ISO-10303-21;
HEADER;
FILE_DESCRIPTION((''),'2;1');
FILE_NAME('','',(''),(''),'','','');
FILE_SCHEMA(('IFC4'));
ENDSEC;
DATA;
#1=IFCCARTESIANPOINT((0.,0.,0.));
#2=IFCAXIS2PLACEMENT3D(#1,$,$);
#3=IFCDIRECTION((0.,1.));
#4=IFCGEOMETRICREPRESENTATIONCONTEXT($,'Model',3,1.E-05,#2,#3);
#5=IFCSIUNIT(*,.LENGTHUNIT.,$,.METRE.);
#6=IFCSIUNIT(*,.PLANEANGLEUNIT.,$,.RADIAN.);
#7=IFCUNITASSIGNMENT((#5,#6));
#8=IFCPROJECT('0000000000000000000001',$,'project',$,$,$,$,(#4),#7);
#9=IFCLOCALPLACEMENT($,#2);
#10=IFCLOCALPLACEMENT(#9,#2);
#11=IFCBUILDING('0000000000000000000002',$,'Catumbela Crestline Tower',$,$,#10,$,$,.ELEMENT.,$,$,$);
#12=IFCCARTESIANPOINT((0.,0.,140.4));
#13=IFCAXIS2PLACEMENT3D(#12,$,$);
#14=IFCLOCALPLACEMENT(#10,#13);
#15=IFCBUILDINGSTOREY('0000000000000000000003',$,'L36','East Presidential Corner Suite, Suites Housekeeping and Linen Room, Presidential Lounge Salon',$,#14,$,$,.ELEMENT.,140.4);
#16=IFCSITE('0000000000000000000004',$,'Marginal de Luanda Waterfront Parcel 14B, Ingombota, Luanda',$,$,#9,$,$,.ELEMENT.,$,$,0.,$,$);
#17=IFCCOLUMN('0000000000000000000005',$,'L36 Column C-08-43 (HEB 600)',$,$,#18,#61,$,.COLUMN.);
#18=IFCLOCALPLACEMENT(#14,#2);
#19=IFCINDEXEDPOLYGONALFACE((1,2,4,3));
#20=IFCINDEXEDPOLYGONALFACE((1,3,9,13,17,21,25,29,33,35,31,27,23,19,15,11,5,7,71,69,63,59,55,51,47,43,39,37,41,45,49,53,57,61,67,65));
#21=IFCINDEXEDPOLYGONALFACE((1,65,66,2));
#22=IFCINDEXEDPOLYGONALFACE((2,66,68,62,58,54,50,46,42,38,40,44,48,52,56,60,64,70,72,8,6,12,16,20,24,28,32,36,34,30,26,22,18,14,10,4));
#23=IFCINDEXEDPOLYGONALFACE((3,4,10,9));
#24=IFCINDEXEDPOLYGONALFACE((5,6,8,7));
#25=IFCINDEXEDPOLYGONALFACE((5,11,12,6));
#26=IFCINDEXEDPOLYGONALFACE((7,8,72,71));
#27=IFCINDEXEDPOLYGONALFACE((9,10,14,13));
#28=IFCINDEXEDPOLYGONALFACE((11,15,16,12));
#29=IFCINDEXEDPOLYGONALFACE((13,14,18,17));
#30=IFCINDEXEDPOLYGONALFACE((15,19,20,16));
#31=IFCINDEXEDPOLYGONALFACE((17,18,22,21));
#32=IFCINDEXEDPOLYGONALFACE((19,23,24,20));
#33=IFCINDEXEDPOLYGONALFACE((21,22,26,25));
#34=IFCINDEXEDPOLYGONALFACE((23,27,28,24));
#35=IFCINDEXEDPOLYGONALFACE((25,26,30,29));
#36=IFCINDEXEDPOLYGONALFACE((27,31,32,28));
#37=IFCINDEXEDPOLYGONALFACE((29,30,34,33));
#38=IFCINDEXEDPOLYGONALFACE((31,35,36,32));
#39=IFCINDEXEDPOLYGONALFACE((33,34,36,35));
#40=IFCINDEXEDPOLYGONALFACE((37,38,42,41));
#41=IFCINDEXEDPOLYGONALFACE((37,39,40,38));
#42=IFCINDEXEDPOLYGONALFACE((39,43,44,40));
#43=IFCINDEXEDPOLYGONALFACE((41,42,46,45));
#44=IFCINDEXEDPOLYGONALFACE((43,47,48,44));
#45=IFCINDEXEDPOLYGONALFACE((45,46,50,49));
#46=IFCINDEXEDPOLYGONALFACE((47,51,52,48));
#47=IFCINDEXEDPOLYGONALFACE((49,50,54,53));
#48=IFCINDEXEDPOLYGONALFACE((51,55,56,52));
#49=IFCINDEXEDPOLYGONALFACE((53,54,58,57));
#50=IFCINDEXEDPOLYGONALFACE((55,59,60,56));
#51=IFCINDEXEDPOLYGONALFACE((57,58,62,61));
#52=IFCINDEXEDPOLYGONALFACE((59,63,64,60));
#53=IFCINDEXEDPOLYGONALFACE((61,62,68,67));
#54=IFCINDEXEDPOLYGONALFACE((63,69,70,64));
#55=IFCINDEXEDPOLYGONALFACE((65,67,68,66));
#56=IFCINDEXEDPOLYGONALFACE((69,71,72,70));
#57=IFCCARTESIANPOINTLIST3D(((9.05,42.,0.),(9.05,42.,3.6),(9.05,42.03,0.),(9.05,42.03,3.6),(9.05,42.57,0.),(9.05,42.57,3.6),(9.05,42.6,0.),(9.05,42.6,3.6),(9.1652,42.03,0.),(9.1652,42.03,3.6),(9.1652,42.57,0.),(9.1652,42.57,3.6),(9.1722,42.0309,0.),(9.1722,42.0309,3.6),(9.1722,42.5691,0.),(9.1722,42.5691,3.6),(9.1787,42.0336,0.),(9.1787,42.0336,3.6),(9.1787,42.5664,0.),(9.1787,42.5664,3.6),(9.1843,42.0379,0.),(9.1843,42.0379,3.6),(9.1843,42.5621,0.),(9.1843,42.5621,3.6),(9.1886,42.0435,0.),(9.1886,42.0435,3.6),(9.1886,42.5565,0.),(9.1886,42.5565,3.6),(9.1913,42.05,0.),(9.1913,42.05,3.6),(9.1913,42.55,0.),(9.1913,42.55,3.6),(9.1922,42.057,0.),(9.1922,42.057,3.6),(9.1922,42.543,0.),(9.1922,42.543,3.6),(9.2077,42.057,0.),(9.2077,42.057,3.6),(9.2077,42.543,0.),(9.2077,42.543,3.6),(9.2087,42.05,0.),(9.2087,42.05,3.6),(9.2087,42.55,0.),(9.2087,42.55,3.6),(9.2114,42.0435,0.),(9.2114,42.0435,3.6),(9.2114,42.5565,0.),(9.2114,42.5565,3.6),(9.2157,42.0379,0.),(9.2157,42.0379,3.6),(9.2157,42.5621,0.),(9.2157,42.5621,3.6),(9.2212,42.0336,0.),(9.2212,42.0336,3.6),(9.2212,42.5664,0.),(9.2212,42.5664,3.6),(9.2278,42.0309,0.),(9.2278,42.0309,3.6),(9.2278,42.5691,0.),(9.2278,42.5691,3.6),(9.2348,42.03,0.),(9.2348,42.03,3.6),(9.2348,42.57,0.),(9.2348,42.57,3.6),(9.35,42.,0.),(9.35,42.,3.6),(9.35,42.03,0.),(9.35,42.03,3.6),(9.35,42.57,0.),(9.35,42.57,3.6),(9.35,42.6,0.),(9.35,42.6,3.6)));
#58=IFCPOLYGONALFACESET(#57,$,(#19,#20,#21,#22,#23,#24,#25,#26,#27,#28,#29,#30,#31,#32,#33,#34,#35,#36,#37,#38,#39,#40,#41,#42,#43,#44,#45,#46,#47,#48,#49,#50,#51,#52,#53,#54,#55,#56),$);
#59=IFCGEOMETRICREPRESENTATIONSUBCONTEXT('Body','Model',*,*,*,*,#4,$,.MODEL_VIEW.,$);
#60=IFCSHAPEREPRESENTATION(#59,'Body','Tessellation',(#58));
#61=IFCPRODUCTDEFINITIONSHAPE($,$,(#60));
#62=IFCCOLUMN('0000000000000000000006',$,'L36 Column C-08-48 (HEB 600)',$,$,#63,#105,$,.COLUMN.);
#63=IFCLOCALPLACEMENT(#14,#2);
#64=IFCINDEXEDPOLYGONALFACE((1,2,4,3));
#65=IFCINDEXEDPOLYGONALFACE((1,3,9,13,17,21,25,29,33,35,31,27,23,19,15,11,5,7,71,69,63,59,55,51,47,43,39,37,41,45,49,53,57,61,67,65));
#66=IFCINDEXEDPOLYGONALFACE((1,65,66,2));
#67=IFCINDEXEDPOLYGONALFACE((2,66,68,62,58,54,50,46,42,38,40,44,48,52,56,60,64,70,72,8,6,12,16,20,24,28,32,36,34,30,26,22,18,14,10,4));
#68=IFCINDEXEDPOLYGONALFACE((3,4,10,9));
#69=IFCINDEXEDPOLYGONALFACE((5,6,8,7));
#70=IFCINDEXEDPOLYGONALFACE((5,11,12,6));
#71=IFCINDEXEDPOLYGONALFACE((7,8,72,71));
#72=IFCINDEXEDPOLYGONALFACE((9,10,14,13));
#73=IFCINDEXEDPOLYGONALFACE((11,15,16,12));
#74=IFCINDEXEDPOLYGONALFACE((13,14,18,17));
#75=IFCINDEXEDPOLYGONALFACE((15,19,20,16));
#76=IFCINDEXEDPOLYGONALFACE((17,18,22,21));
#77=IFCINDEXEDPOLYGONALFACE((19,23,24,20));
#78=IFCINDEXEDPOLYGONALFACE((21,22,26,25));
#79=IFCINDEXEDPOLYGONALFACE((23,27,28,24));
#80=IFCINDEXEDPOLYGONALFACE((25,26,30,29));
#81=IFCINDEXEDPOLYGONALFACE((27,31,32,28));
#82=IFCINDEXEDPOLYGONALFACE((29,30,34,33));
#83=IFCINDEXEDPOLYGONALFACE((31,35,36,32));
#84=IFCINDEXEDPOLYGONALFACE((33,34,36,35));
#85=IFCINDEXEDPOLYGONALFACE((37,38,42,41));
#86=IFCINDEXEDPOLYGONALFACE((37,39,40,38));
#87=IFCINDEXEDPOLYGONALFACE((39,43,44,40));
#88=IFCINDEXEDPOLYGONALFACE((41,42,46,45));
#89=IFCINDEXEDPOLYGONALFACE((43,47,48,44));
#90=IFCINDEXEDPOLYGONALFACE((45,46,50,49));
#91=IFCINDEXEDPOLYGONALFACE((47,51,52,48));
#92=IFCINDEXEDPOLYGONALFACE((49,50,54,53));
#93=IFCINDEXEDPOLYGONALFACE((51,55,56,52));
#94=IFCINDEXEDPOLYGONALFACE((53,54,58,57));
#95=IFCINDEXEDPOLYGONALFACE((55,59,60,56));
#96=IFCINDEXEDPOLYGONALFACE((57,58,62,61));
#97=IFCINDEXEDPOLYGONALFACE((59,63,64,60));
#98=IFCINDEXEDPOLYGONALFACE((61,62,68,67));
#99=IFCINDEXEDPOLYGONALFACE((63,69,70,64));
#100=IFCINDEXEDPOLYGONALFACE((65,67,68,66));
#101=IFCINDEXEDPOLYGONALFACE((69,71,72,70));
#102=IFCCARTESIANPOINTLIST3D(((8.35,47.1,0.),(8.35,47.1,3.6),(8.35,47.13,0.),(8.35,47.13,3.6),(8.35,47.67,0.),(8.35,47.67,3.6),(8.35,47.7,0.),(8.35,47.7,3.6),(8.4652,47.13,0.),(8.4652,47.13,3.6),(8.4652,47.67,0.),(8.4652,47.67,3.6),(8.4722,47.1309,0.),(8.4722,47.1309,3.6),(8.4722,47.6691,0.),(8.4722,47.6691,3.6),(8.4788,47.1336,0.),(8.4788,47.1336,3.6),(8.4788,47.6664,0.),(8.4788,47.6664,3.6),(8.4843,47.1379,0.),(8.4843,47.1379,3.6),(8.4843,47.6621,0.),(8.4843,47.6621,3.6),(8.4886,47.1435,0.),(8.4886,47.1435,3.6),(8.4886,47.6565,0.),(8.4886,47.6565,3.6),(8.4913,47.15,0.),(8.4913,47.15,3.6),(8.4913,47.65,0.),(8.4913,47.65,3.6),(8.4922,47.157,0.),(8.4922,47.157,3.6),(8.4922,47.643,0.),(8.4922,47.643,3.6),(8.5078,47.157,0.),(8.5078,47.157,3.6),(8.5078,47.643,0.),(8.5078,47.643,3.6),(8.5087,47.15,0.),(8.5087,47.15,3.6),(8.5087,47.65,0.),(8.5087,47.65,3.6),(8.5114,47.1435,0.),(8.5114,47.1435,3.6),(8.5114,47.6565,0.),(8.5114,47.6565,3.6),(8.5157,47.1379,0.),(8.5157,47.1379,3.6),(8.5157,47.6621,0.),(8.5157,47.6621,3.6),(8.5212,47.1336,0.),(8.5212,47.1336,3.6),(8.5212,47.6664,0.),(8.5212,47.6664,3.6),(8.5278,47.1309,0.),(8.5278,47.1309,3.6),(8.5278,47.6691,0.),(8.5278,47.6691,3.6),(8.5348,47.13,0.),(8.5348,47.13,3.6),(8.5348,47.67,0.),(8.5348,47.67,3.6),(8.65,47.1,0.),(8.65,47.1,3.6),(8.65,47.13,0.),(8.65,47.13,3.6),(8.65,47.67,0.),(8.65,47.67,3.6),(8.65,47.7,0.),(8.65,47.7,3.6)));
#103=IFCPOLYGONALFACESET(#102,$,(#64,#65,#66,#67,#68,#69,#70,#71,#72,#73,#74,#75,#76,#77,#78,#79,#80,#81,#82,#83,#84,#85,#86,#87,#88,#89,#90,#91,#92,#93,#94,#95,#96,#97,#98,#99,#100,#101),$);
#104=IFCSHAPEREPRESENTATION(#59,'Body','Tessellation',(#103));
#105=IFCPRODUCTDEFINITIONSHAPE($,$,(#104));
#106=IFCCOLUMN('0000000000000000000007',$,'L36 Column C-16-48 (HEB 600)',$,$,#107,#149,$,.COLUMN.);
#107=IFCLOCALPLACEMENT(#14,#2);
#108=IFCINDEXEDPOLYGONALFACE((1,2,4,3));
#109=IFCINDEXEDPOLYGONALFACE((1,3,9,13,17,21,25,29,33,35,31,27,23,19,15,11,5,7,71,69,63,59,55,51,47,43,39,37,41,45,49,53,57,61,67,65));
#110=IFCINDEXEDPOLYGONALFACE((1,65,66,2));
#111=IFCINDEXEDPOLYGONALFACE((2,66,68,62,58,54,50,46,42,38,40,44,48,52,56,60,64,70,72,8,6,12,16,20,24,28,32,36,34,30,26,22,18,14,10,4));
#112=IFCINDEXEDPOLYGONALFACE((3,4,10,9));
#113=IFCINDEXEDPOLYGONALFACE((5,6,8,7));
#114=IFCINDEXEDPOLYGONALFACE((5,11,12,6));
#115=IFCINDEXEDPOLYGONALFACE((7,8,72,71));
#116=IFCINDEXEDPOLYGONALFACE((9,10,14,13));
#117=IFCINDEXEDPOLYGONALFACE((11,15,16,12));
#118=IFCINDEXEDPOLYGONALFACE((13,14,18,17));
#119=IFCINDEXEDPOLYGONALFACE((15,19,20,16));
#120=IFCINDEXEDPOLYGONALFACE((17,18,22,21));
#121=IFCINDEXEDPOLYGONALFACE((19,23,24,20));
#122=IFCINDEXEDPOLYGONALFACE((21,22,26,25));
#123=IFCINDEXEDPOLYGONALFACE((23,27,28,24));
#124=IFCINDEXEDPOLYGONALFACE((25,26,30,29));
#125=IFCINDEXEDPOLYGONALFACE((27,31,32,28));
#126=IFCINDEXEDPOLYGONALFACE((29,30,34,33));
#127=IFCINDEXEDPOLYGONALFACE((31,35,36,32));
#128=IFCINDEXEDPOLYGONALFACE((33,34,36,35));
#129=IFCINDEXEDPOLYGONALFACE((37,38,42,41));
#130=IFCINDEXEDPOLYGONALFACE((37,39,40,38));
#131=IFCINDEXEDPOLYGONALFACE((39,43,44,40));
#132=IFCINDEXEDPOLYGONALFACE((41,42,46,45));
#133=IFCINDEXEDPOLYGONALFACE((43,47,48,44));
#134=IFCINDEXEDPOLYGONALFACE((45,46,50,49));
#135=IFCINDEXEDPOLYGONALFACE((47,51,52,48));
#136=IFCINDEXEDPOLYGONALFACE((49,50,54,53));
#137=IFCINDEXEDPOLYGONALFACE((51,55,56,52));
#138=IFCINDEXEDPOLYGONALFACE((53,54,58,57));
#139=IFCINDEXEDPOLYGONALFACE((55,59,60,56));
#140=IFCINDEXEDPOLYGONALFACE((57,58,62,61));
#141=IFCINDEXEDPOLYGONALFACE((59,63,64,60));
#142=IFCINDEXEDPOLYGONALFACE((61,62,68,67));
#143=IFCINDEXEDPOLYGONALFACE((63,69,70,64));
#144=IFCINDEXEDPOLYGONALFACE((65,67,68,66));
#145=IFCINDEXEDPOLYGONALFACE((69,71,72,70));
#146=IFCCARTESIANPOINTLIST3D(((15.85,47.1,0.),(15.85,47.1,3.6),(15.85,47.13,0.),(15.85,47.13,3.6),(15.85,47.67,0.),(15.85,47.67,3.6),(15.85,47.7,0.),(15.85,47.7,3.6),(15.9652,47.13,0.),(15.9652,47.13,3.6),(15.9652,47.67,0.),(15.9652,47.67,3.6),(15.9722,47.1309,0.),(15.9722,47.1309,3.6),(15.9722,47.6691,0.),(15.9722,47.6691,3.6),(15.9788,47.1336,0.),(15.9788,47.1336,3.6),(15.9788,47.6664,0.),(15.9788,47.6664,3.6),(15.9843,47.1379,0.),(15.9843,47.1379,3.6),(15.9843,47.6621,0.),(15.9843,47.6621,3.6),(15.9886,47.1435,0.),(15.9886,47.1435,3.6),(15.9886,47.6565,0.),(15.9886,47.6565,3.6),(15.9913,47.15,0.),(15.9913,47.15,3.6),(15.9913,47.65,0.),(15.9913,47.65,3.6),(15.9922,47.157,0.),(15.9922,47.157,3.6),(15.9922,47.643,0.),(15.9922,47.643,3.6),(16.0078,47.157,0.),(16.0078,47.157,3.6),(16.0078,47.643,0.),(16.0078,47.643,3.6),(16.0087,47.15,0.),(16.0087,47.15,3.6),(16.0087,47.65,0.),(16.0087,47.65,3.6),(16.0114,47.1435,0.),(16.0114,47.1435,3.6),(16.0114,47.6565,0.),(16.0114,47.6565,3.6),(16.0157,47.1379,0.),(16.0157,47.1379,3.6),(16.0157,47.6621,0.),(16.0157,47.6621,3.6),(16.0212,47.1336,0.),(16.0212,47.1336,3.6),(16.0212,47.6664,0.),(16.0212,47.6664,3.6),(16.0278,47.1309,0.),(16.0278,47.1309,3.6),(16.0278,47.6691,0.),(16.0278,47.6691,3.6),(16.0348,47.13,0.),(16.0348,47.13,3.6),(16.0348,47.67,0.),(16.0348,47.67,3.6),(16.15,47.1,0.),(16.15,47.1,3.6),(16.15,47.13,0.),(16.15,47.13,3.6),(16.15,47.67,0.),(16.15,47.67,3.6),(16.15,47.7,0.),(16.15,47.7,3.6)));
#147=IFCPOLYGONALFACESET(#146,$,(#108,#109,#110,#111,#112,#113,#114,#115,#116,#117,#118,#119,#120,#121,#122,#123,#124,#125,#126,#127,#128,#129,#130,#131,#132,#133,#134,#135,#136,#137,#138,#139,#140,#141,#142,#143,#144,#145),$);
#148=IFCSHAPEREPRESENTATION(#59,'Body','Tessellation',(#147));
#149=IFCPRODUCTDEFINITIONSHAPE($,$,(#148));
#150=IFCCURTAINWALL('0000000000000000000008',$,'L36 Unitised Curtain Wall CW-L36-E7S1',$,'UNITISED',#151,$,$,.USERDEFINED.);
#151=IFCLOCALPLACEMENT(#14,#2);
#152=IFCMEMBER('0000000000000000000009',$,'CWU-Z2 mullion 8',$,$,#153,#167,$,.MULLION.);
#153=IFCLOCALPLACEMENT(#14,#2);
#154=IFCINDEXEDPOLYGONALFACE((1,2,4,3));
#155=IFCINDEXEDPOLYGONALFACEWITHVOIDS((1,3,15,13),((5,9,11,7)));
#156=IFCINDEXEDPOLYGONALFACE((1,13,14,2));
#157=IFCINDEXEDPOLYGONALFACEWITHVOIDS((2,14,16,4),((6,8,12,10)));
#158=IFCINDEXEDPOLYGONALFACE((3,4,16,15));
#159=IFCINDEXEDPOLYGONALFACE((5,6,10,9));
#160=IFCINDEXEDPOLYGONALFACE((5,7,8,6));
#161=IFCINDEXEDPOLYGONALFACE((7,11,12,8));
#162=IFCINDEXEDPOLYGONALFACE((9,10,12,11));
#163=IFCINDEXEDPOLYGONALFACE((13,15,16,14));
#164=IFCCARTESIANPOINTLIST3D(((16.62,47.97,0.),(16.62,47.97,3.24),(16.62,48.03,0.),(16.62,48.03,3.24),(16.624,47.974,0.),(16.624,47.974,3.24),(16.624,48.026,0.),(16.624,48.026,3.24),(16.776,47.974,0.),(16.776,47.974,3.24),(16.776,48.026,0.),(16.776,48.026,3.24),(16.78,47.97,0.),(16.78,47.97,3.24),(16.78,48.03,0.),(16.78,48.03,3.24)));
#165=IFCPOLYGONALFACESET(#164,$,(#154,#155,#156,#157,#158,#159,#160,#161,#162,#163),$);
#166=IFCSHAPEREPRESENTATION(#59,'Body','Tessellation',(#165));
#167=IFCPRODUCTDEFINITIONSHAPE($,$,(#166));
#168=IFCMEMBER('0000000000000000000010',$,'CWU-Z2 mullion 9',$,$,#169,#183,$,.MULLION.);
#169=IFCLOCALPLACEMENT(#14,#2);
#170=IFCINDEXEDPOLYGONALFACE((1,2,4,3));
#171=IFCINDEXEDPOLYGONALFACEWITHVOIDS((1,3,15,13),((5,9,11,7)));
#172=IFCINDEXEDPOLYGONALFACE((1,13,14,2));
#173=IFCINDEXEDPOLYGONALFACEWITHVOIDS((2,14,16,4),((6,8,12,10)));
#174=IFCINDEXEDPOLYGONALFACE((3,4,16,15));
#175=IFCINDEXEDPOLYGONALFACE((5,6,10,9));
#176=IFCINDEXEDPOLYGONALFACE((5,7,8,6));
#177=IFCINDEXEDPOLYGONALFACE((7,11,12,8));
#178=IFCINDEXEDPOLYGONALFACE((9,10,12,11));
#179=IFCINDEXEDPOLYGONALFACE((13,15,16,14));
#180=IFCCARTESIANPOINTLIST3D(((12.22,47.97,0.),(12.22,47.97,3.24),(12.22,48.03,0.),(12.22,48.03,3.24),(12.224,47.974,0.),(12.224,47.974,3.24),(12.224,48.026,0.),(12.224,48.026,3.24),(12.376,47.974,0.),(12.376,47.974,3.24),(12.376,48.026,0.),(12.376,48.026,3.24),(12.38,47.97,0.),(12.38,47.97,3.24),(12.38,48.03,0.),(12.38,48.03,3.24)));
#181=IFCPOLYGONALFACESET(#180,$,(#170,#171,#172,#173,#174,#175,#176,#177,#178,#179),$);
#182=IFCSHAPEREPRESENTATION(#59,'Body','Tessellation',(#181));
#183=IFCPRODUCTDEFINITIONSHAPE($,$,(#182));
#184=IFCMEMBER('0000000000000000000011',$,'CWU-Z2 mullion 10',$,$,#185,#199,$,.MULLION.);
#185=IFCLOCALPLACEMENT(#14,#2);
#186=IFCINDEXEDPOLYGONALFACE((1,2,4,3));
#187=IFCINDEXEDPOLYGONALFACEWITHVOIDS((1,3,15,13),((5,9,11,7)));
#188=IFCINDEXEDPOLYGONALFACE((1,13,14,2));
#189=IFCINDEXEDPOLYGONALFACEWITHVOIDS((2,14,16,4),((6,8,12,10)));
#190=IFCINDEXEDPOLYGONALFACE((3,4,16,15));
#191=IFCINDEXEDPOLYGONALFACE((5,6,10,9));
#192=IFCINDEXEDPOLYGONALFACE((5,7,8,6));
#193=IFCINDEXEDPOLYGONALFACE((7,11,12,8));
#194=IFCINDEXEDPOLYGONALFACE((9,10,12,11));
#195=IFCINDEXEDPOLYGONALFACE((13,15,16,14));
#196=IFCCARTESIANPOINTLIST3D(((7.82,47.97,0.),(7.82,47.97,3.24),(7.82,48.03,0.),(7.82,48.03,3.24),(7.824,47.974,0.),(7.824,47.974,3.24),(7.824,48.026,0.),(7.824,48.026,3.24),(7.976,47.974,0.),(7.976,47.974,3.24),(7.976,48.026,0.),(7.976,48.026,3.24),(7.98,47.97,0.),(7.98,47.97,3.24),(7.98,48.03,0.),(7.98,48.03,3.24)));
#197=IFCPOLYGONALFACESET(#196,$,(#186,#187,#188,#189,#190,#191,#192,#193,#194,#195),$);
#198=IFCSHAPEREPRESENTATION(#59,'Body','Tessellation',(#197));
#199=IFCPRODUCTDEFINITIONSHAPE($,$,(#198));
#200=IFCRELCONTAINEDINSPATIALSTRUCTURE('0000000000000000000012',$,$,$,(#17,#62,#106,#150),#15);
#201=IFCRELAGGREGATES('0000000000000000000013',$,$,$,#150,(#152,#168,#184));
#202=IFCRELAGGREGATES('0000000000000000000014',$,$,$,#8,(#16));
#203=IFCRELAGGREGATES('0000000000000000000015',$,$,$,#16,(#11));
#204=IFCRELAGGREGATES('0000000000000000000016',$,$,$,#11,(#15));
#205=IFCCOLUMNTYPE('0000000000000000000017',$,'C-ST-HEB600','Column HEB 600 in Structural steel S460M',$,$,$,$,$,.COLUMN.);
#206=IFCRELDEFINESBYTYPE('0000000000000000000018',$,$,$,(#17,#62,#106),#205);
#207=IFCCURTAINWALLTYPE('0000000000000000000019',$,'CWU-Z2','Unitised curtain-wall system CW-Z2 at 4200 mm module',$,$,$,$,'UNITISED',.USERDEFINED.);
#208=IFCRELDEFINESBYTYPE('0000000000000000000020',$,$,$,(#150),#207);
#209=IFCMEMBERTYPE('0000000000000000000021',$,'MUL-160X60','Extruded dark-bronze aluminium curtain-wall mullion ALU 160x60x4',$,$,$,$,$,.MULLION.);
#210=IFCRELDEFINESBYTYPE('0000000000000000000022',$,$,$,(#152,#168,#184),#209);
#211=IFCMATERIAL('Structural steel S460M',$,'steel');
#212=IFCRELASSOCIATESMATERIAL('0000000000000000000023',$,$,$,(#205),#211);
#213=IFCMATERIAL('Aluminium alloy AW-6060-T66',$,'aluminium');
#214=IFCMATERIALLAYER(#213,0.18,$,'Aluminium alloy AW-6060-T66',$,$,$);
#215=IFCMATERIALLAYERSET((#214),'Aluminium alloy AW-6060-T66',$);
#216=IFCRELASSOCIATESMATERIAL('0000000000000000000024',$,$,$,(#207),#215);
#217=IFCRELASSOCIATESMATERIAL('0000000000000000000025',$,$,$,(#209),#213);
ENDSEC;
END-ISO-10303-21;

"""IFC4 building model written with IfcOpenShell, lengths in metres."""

from ifc_helpers import new_model, si_unit, direction, frame, origin, origin_2d, place, context, subcontext, project, spatial, hollow_rectangle, i_section, extrude, material, layer, layer_set, material_profile, profile_set, type_object, element, aggregate, save


model = new_model("IFC4")

# Units and contexts
model_context = context("Model", 3, precision=1e-05, world=origin(), true_north=direction((0.0, 1.0)))
body_context = subcontext(model_context, "Body", "Model", "MODEL_VIEW")
ifc_project = project(units=[si_unit("LENGTHUNIT", "METRE"), si_unit("PLANEANGLEUNIT", "RADIAN")], contexts=[model_context])

# Site, building, storey
site_placement = place(None, origin())
site = spatial("IfcSite", under=ifc_project, at=site_placement, Name="Marginal de Luanda Waterfront Parcel 14B, Ingombota, Luanda", CompositionType="ELEMENT", RefElevation=0.0)
building_placement = place(site_placement, origin())
building = spatial("IfcBuilding", under=site, at=building_placement, Name="Catumbela Crestline Tower", CompositionType="ELEMENT")
storey_placement = place(building_placement, frame((0.0, 0.0, 140.4)))
storey = spatial("IfcBuildingStorey", under=building, at=storey_placement, Name="L36", Description="East Presidential Corner Suite, Suites Housekeeping and Linen Room, Presidential Lounge Salon", CompositionType="ELEMENT", Elevation=140.4)

# Columns
ifc_material_1 = material(Name="Structural steel S460M", Category="steel")
ifc_material_profile_1 = material_profile(ifc_material_1, i_section(OverallWidth=0.3, OverallDepth=0.6, WebThickness=0.0155, FlangeThickness=0.03, FilletRadius=0.027, at=origin_2d()), Name="HEB 600")
ifc_profile_set_1 = profile_set([ifc_material_profile_1], Name="Structural steel S460M")
column_type = type_object("IfcColumnType", Name="C-ST-HEB600", Description="Column HEB 600 in Structural steel S460M", PredefinedType="COLUMN", material=ifc_profile_set_1)
for number, where, z_axis, x_axis, name in (
    (1, (9.2, 42.3, 0.0), (0.0, 0.0, 1.0), (1.0, 0.0, 0.0), "L36 Column C-08-43 (HEB 600)"),
    (2, (8.5, 47.4, 0.0), (0.0, 0.0, 1.0), (1.0, 0.0, 0.0), "L36 Column C-08-48 (HEB 600)"),
    (3, (16.0, 47.4, 0.0), (0.0, 0.0, 1.0), (1.0, 0.0, 0.0), "L36 Column C-16-48 (HEB 600)"),
):
    element("IfcColumn", number, at=place(storey_placement, frame(where, z_axis=z_axis, x_axis=x_axis)), inside=storey, type_object=column_type, Name=name, PredefinedType="COLUMN", context=body_context, shape_type="SweptSolid", body=[
        extrude(i_section(OverallWidth=0.3, OverallDepth=0.6, WebThickness=0.0155, FlangeThickness=0.03, FilletRadius=0.027, at=origin_2d()), origin(), (0.0, 0.0, 1.0), 3.6),
    ])

# Curtain wall, members
ifc_material_2 = material(Name="Aluminium alloy AW-6060-T66", Category="aluminium")
ifc_layer_1 = layer(ifc_material_2, 0.18, Name="Aluminium alloy AW-6060-T66")
ifc_layer_set_1 = layer_set([ifc_layer_1], Name="Aluminium alloy AW-6060-T66")
curtain_wall_type = type_object("IfcCurtainWallType", Name="CWU-Z2", Description="Unitised curtain-wall system CW-Z2 at 4200 mm module", ElementType="UNITISED", PredefinedType="USERDEFINED", material=ifc_layer_set_1)
curtain_wall_placement = place(storey_placement, origin())
curtain_wall = element("IfcCurtainWall", 4, at=curtain_wall_placement, inside=storey, type_object=curtain_wall_type, Name="L36 Unitised Curtain Wall CW-L36-E7S1", ObjectType="UNITISED", PredefinedType="USERDEFINED")
ifc_material_profile_2 = material_profile(ifc_material_2, hollow_rectangle(XDim=0.06, YDim=0.16, WallThickness=0.004, at=origin_2d()), Name="ALU 160x60x4")
ifc_profile_set_2 = profile_set([ifc_material_profile_2], Name="Aluminium alloy AW-6060-T66")
member_type_1 = type_object("IfcMemberType", Name="MUL-160X60", Description="Extruded dark-bronze aluminium curtain-wall mullion ALU 160x60x4", PredefinedType="MULLION", material=ifc_profile_set_2)
member_1_placement = place(storey_placement, frame((16.7, 48.0, 0.0), z_axis=(0.0, 0.0, 1.0), x_axis=(0.0, -1.0, 0.0)))
member_1 = element("IfcMember", 5, at=member_1_placement, type_object=member_type_1, Name="CWU-Z2 mullion 8", PredefinedType="MULLION", context=body_context, shape_type="SweptSolid", body=[
    extrude(hollow_rectangle(XDim=0.06, YDim=0.16, WallThickness=0.004, at=origin_2d()), origin(), (0.0, 0.0, 1.0), 3.24),
])
member_2_placement = place(storey_placement, frame((12.3, 48.0, 0.0), z_axis=(0.0, 0.0, 1.0), x_axis=(0.0, -1.0, 0.0)))
member_2 = element("IfcMember", 6, at=member_2_placement, type_object=member_type_1, Name="CWU-Z2 mullion 9", PredefinedType="MULLION", context=body_context, shape_type="SweptSolid", body=[
    extrude(hollow_rectangle(XDim=0.06, YDim=0.16, WallThickness=0.004, at=origin_2d()), origin(), (0.0, 0.0, 1.0), 3.24),
])
member_3_placement = place(storey_placement, frame((7.9, 48.0, 0.0), z_axis=(0.0, 0.0, 1.0), x_axis=(0.0, -1.0, 0.0)))
member_3 = element("IfcMember", 7, at=member_3_placement, type_object=member_type_1, Name="CWU-Z2 mullion 10", PredefinedType="MULLION", context=body_context, shape_type="SweptSolid", body=[
    extrude(hollow_rectangle(XDim=0.06, YDim=0.16, WallThickness=0.004, at=origin_2d()), origin(), (0.0, 0.0, 1.0), 3.24),
])

aggregate(curtain_wall, [member_1, member_2, member_3])

save(model, "model.ifc")
